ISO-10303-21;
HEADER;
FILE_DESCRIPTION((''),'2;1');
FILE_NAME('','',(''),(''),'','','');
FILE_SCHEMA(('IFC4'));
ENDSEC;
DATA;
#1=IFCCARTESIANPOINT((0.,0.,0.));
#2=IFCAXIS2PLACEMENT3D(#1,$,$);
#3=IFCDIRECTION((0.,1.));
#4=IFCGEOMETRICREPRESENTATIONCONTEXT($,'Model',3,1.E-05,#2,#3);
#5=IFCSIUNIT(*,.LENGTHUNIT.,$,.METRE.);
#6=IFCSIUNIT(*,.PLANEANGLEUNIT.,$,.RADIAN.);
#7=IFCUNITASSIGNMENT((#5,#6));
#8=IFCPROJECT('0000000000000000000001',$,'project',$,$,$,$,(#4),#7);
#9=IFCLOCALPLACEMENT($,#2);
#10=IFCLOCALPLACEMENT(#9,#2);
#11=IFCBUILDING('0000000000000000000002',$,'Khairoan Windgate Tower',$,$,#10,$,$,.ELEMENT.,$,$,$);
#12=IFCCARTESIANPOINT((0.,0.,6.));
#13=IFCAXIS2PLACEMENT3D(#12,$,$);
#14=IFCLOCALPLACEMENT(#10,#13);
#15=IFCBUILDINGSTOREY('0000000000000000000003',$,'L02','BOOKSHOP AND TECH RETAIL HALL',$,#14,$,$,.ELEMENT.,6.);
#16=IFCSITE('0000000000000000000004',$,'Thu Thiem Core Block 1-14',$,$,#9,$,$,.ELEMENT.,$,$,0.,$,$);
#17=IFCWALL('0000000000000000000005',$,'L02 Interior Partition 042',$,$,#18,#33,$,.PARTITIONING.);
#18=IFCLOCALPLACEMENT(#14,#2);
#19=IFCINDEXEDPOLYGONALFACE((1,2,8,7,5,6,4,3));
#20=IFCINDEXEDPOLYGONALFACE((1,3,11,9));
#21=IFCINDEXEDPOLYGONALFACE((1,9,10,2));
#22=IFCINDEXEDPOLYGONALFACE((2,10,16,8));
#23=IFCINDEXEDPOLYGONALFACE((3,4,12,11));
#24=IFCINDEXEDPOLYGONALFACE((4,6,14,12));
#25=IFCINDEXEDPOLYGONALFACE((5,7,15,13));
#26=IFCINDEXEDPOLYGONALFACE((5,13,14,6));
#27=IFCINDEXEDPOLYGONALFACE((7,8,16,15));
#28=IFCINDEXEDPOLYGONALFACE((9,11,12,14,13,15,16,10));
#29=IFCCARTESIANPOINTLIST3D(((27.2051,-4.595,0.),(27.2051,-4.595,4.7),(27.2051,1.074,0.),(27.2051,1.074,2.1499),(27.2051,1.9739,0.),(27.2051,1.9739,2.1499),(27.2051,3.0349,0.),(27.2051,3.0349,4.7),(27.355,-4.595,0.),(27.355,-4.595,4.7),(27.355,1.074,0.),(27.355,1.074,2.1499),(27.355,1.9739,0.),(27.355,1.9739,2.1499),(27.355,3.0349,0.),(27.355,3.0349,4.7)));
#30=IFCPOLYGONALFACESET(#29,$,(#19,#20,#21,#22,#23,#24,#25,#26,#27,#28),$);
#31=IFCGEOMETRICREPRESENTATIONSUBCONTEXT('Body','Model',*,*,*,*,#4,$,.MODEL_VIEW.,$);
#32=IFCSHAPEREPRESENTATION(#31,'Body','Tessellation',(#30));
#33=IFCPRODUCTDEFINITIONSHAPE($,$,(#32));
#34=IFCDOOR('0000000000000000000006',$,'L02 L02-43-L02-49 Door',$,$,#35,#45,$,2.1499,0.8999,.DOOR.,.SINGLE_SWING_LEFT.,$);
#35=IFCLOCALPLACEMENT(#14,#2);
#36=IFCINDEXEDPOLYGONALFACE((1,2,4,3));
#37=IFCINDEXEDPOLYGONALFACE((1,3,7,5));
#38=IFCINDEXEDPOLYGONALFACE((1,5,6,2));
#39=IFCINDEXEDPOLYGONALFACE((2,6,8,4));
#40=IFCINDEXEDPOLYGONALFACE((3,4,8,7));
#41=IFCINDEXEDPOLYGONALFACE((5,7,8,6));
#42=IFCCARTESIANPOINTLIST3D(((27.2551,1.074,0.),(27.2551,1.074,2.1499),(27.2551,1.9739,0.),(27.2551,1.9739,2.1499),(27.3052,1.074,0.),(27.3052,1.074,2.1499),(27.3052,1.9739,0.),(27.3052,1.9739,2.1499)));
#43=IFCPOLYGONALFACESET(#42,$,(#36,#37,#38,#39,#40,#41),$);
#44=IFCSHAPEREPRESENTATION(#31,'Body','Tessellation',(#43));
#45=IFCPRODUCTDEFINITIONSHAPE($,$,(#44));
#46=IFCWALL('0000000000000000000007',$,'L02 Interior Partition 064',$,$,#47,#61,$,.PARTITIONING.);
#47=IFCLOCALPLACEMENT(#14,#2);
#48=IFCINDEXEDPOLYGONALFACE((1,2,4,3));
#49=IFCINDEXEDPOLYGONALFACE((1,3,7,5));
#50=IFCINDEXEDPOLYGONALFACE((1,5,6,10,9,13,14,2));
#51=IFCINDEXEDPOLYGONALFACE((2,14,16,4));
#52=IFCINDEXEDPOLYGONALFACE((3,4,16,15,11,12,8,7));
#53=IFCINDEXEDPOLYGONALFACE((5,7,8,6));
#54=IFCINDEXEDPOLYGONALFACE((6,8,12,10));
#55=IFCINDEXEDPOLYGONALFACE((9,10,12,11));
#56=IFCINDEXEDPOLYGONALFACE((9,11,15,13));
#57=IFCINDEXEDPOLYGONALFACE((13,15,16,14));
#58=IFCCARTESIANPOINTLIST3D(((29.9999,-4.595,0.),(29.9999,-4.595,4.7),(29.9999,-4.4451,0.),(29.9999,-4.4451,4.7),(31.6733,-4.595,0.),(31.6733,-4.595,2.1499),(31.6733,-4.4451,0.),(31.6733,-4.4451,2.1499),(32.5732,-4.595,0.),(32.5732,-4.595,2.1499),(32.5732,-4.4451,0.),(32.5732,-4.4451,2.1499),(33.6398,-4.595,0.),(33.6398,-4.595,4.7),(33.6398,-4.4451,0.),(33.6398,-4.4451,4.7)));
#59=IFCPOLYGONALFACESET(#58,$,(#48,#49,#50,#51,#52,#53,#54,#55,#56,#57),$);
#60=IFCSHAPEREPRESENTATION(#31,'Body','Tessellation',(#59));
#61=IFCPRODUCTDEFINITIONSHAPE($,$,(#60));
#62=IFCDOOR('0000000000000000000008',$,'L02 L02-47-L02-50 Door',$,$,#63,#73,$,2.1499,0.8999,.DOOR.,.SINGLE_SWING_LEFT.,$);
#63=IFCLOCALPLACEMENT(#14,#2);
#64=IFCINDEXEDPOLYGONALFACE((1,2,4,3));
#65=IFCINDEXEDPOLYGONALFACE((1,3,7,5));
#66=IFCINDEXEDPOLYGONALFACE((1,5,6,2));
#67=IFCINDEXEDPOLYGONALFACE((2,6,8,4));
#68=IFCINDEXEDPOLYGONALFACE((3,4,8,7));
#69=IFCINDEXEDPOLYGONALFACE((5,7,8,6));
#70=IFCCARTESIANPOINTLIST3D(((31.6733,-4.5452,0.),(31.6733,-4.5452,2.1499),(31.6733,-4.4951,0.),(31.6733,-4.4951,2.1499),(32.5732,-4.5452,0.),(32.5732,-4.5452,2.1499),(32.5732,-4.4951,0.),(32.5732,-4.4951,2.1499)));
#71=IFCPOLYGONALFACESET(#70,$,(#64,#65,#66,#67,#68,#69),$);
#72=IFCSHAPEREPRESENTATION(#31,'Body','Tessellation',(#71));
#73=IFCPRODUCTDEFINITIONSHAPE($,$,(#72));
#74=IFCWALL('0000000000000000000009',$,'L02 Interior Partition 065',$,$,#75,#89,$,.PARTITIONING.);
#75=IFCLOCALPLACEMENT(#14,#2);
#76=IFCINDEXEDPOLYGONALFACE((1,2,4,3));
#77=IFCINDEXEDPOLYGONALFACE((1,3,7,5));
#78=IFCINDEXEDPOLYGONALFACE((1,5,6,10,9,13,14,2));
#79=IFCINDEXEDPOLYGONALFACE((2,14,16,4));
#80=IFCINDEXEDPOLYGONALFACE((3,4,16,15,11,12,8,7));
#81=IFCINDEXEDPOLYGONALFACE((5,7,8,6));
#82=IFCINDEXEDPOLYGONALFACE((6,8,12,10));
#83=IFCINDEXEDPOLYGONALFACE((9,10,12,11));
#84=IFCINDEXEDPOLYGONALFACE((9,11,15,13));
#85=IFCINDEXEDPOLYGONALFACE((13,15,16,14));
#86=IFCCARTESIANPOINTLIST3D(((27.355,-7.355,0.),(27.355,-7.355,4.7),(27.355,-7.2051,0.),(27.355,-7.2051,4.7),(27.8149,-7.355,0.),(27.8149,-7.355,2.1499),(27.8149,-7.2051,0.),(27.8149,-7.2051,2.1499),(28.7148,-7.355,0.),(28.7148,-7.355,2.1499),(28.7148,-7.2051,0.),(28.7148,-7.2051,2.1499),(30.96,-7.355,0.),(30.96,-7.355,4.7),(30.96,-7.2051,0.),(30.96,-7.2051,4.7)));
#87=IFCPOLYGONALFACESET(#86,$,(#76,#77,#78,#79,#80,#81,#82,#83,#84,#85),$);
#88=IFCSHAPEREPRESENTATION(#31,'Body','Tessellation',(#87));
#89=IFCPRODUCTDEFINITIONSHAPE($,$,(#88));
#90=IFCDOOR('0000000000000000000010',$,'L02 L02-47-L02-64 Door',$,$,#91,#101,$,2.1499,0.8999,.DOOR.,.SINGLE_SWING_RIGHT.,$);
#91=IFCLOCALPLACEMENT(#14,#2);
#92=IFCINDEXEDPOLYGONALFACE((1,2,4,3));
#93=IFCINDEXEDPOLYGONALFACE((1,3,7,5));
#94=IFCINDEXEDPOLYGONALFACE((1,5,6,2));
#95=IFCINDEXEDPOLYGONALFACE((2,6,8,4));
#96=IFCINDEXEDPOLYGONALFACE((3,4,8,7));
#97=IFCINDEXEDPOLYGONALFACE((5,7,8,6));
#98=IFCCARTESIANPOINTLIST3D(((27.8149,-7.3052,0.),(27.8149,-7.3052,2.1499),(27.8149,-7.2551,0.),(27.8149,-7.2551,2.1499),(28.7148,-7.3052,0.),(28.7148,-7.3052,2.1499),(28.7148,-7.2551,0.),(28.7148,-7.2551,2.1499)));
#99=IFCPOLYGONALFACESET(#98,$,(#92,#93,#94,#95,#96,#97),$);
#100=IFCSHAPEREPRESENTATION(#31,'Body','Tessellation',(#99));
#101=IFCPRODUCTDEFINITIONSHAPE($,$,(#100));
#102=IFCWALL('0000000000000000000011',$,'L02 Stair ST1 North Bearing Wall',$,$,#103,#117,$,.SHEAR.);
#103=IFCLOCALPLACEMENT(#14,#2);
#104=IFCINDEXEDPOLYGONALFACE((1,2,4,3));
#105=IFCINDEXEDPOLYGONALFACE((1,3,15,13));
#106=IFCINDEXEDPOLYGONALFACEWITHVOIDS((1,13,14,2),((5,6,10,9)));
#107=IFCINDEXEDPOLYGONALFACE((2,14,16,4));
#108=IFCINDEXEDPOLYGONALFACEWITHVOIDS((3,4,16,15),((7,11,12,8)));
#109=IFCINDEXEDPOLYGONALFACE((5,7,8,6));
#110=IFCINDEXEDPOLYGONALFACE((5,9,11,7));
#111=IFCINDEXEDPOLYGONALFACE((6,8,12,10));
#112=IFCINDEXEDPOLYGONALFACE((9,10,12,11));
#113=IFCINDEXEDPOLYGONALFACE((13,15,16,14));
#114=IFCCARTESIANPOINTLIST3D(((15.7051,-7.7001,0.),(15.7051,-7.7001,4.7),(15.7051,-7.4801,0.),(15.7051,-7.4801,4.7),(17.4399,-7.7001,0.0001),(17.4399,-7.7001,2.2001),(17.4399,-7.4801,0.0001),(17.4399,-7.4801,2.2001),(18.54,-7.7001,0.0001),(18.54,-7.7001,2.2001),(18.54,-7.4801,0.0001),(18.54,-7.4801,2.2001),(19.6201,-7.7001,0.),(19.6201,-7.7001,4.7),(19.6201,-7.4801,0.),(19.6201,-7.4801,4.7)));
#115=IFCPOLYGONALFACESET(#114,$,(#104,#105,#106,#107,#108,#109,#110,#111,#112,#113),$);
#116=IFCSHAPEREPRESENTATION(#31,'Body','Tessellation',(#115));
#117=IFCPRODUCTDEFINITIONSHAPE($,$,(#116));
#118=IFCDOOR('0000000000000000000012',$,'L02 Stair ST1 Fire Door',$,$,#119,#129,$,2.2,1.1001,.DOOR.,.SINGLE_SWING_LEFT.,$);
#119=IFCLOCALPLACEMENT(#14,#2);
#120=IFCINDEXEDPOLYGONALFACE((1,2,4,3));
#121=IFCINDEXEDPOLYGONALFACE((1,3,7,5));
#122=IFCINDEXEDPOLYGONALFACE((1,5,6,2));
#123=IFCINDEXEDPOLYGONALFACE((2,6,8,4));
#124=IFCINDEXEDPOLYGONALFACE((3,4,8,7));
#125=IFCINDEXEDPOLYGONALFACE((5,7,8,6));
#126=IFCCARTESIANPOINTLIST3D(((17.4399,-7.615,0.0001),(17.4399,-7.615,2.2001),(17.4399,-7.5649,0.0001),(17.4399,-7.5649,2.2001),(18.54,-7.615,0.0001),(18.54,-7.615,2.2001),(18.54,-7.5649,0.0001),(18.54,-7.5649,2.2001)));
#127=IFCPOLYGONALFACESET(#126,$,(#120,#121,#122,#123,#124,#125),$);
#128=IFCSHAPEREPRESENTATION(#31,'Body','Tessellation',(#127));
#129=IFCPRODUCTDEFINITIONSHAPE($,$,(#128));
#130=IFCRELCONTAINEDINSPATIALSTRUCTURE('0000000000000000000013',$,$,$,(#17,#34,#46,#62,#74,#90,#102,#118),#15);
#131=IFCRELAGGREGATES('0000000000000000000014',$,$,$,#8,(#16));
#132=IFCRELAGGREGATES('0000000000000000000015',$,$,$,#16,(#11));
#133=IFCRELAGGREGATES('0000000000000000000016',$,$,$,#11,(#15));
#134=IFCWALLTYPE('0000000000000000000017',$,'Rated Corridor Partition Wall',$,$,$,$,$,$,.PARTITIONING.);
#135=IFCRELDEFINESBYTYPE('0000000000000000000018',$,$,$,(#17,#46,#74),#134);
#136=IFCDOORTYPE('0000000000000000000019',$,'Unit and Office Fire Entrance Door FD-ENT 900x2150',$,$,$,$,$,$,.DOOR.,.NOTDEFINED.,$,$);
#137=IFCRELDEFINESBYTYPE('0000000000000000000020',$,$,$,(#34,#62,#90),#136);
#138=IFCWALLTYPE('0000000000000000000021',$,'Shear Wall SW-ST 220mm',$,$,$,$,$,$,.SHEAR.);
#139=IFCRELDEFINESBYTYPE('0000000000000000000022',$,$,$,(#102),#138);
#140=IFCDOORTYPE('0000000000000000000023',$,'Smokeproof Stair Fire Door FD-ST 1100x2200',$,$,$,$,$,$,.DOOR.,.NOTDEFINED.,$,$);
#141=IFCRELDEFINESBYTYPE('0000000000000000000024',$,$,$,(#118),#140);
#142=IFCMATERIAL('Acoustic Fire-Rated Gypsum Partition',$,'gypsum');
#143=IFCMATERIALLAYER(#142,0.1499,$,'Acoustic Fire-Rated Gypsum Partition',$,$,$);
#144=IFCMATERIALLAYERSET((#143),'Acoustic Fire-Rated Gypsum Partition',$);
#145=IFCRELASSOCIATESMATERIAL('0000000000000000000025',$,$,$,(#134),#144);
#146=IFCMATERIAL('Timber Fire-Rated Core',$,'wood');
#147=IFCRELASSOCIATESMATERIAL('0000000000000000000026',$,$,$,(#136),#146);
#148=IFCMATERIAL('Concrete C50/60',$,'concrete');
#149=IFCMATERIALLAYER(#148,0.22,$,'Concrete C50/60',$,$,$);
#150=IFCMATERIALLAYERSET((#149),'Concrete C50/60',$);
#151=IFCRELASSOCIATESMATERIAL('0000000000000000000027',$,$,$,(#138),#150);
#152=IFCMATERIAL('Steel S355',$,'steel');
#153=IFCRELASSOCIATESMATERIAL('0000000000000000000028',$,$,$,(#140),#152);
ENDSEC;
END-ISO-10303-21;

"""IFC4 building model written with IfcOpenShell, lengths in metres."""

from ifc_helpers import new_model, si_unit, direction, frame, frame_2d, origin, place, context, subcontext, project, spatial, rectangle, extrude, material, layer, layer_set, type_object, element, fill, save


model = new_model("IFC4")

# Units and contexts
model_context = context("Model", 3, precision=1e-05, world=origin(), true_north=direction((0.0, 1.0)))
body_context = subcontext(model_context, "Body", "Model", "MODEL_VIEW")
ifc_project = project(units=[si_unit("LENGTHUNIT", "METRE"), si_unit("PLANEANGLEUNIT", "RADIAN")], contexts=[model_context])

# Site, building, storey
site_placement = place(None, origin())
site = spatial("IfcSite", under=ifc_project, at=site_placement, Name="Thu Thiem Core Block 1-14", CompositionType="ELEMENT", RefElevation=0.0)
building_placement = place(site_placement, origin())
building = spatial("IfcBuilding", under=site, at=building_placement, Name="Khairoan Windgate Tower", CompositionType="ELEMENT")
storey_placement = place(building_placement, frame((0.0, 0.0, 6.0)))
storey = spatial("IfcBuildingStorey", under=building, at=storey_placement, Name="L02", Description="BOOKSHOP AND TECH RETAIL HALL", CompositionType="ELEMENT", Elevation=6.0)

# Walls, openings, doors
ifc_material_1 = material(Name="Acoustic Fire-Rated Gypsum Partition", Category="gypsum")
ifc_layer_1 = layer(ifc_material_1, 0.1499, Name="Acoustic Fire-Rated Gypsum Partition")
ifc_layer_set_1 = layer_set([ifc_layer_1], Name="Acoustic Fire-Rated Gypsum Partition")
wall_type_1 = type_object("IfcWallType", Name="Rated Corridor Partition Wall", PredefinedType="PARTITIONING", material=ifc_layer_set_1)
wall_1_placement = place(storey_placement, frame((27.28, -4.595, 0.0), z_axis=(0.0, 0.0, 1.0), x_axis=(0.0, 1.0, 0.0)))
wall_1 = element("IfcWall", 1, at=wall_1_placement, inside=storey, type_object=wall_type_1, Name="L02 Interior Partition 042", PredefinedType="PARTITIONING", context=body_context, shape_type="SweptSolid", body=[
    extrude(rectangle(XDim=7.6299, YDim=0.1499, at=frame_2d((3.8149, 0.0))), origin(), (0.0, 0.0, 1.0), 4.7),
])
opening_1_placement = place(wall_1_placement, frame((5.6689, 0.0, 0.0)))
opening_1 = element("IfcOpeningElement", 2, at=opening_1_placement, cuts=wall_1, PredefinedType="OPENING", context=body_context, shape_type="SweptSolid", body=[
    extrude(rectangle(XDim=0.8999, YDim=2.1499, at=frame_2d((0.45, 1.075))), frame((0.0, 0.085, 0.0), z_axis=(0.0, -1.0, 0.0), x_axis=(1.0, 0.0, 0.0)), (0.0, 0.0, 1.0), 0.1699),
])
ifc_material_2 = material(Name="Timber Fire-Rated Core", Category="wood")
door_type_1 = type_object("IfcDoorType", Name="Unit and Office Fire Entrance Door FD-ENT 900x2150", OperationType="NOTDEFINED", PredefinedType="DOOR", material=ifc_material_2)
door_1_placement = place(opening_1_placement, origin())
door_1 = element("IfcDoor", 3, at=door_1_placement, inside=storey, type_object=door_type_1, Name="L02 L02-43-L02-49 Door", OperationType="SINGLE_SWING_LEFT", OverallHeight=2.1499, OverallWidth=0.8999, PredefinedType="DOOR", context=body_context, shape_type="SweptSolid", body=[
    extrude(rectangle(XDim=0.8999, YDim=2.1499, at=frame_2d((0.45, 1.075))), frame((0.0, 0.0249, 0.0), z_axis=(0.0, -1.0, 0.0), x_axis=(1.0, 0.0, 0.0)), (0.0, 0.0, 1.0), 0.05),
])
fill(opening_1, door_1)
wall_2_placement = place(storey_placement, frame((30.0, -4.52, 0.0), z_axis=(0.0, 0.0, 1.0), x_axis=(1.0, 0.0, 0.0)))
wall_2 = element("IfcWall", 4, at=wall_2_placement, inside=storey, type_object=wall_type_1, Name="L02 Interior Partition 064", PredefinedType="PARTITIONING", context=body_context, shape_type="SweptSolid", body=[
    extrude(rectangle(XDim=3.6399, YDim=0.1499, at=frame_2d((1.8198, 0.0))), origin(), (0.0, 0.0, 1.0), 4.7),
])
opening_2_placement = place(wall_2_placement, frame((1.6733, 0.0, 0.0)))
opening_2 = element("IfcOpeningElement", 5, at=opening_2_placement, cuts=wall_2, PredefinedType="OPENING", context=body_context, shape_type="SweptSolid", body=[
    extrude(rectangle(XDim=0.8999, YDim=2.1499, at=frame_2d((0.45, 1.075))), frame((0.0, 0.085, 0.0), z_axis=(0.0, -1.0, 0.0), x_axis=(1.0, 0.0, 0.0)), (0.0, 0.0, 1.0), 0.1699),
])
door_2_placement = place(opening_2_placement, origin())
door_2 = element("IfcDoor", 6, at=door_2_placement, inside=storey, type_object=door_type_1, Name="L02 L02-47-L02-50 Door", OperationType="SINGLE_SWING_LEFT", OverallHeight=2.1499, OverallWidth=0.8999, PredefinedType="DOOR", context=body_context, shape_type="SweptSolid", body=[
    extrude(rectangle(XDim=0.8999, YDim=2.1499, at=frame_2d((0.45, 1.075))), frame((0.0, 0.0249, 0.0), z_axis=(0.0, -1.0, 0.0), x_axis=(1.0, 0.0, 0.0)), (0.0, 0.0, 1.0), 0.05),
])
fill(opening_2, door_2)
wall_3_placement = place(storey_placement, frame((27.355, -7.28, 0.0), z_axis=(0.0, 0.0, 1.0), x_axis=(1.0, 0.0, 0.0)))
wall_3 = element("IfcWall", 7, at=wall_3_placement, inside=storey, type_object=wall_type_1, Name="L02 Interior Partition 065", PredefinedType="PARTITIONING", context=body_context, shape_type="SweptSolid", body=[
    extrude(rectangle(XDim=3.605, YDim=0.1499, at=frame_2d((1.8025, 0.0))), origin(), (0.0, 0.0, 1.0), 4.7),
])
opening_3_placement = place(wall_3_placement, frame((0.46, 0.0, 0.0)))
opening_3 = element("IfcOpeningElement", 8, at=opening_3_placement, cuts=wall_3, PredefinedType="OPENING", context=body_context, shape_type="SweptSolid", body=[
    extrude(rectangle(XDim=0.8999, YDim=2.1499, at=frame_2d((0.45, 1.075))), frame((0.0, 0.085, 0.0), z_axis=(0.0, -1.0, 0.0), x_axis=(1.0, 0.0, 0.0)), (0.0, 0.0, 1.0), 0.1699),
])
door_3_placement = place(opening_3_placement, origin())
door_3 = element("IfcDoor", 9, at=door_3_placement, inside=storey, type_object=door_type_1, Name="L02 L02-47-L02-64 Door", OperationType="SINGLE_SWING_RIGHT", OverallHeight=2.1499, OverallWidth=0.8999, PredefinedType="DOOR", context=body_context, shape_type="SweptSolid", body=[
    extrude(rectangle(XDim=0.8999, YDim=2.1499, at=frame_2d((0.45, 1.075))), frame((0.0, 0.0249, 0.0), z_axis=(0.0, -1.0, 0.0), x_axis=(1.0, 0.0, 0.0)), (0.0, 0.0, 1.0), 0.05),
])
fill(opening_3, door_3)
ifc_material_3 = material(Name="Concrete C50/60", Category="concrete")
ifc_layer_2 = layer(ifc_material_3, 0.22, Name="Concrete C50/60")
ifc_layer_set_2 = layer_set([ifc_layer_2], Name="Concrete C50/60")
wall_type_2 = type_object("IfcWallType", Name="Shear Wall SW-ST 220mm", PredefinedType="SHEAR", material=ifc_layer_set_2)
wall_4_placement = place(storey_placement, frame((19.6201, -7.5901, 0.0), z_axis=(0.0, 0.0, 1.0), x_axis=(-1.0, 0.0, 0.0)))
wall_4 = element("IfcWall", 10, at=wall_4_placement, inside=storey, type_object=wall_type_2, Name="L02 Stair ST1 North Bearing Wall", PredefinedType="SHEAR", context=body_context, shape_type="SweptSolid", body=[
    extrude(rectangle(XDim=3.915, YDim=0.22, at=frame_2d((1.9575, 0.0))), origin(), (0.0, 0.0, 1.0), 4.7),
])
opening_4_placement = place(wall_4_placement, frame((1.0801, 0.0, 0.0)))
opening_4 = element("IfcOpeningElement", 11, at=opening_4_placement, cuts=wall_4, PredefinedType="OPENING", context=body_context, shape_type="SweptSolid", body=[
    extrude(rectangle(XDim=1.1001, YDim=2.2, at=frame_2d((0.55, 1.1001))), frame((0.0, 0.1199, 0.0), z_axis=(0.0, -1.0, 0.0), x_axis=(1.0, 0.0, 0.0)), (0.0, 0.0, 1.0), 0.24),
])
ifc_material_4 = material(Name="Steel S355", Category="steel")
door_type_2 = type_object("IfcDoorType", Name="Smokeproof Stair Fire Door FD-ST 1100x2200", OperationType="NOTDEFINED", PredefinedType="DOOR", material=ifc_material_4)
door_4_placement = place(opening_4_placement, origin())
door_4 = element("IfcDoor", 12, at=door_4_placement, inside=storey, type_object=door_type_2, Name="L02 Stair ST1 Fire Door", OperationType="SINGLE_SWING_LEFT", OverallHeight=2.2, OverallWidth=1.1001, PredefinedType="DOOR", context=body_context, shape_type="SweptSolid", body=[
    extrude(rectangle(XDim=1.1001, YDim=2.2, at=frame_2d((0.55, 1.1001))), frame((0.0, 0.0249, 0.0), z_axis=(0.0, -1.0, 0.0), x_axis=(1.0, 0.0, 0.0)), (0.0, 0.0, 1.0), 0.05),
])
fill(opening_4, door_4)

save(model, "model.ifc")
